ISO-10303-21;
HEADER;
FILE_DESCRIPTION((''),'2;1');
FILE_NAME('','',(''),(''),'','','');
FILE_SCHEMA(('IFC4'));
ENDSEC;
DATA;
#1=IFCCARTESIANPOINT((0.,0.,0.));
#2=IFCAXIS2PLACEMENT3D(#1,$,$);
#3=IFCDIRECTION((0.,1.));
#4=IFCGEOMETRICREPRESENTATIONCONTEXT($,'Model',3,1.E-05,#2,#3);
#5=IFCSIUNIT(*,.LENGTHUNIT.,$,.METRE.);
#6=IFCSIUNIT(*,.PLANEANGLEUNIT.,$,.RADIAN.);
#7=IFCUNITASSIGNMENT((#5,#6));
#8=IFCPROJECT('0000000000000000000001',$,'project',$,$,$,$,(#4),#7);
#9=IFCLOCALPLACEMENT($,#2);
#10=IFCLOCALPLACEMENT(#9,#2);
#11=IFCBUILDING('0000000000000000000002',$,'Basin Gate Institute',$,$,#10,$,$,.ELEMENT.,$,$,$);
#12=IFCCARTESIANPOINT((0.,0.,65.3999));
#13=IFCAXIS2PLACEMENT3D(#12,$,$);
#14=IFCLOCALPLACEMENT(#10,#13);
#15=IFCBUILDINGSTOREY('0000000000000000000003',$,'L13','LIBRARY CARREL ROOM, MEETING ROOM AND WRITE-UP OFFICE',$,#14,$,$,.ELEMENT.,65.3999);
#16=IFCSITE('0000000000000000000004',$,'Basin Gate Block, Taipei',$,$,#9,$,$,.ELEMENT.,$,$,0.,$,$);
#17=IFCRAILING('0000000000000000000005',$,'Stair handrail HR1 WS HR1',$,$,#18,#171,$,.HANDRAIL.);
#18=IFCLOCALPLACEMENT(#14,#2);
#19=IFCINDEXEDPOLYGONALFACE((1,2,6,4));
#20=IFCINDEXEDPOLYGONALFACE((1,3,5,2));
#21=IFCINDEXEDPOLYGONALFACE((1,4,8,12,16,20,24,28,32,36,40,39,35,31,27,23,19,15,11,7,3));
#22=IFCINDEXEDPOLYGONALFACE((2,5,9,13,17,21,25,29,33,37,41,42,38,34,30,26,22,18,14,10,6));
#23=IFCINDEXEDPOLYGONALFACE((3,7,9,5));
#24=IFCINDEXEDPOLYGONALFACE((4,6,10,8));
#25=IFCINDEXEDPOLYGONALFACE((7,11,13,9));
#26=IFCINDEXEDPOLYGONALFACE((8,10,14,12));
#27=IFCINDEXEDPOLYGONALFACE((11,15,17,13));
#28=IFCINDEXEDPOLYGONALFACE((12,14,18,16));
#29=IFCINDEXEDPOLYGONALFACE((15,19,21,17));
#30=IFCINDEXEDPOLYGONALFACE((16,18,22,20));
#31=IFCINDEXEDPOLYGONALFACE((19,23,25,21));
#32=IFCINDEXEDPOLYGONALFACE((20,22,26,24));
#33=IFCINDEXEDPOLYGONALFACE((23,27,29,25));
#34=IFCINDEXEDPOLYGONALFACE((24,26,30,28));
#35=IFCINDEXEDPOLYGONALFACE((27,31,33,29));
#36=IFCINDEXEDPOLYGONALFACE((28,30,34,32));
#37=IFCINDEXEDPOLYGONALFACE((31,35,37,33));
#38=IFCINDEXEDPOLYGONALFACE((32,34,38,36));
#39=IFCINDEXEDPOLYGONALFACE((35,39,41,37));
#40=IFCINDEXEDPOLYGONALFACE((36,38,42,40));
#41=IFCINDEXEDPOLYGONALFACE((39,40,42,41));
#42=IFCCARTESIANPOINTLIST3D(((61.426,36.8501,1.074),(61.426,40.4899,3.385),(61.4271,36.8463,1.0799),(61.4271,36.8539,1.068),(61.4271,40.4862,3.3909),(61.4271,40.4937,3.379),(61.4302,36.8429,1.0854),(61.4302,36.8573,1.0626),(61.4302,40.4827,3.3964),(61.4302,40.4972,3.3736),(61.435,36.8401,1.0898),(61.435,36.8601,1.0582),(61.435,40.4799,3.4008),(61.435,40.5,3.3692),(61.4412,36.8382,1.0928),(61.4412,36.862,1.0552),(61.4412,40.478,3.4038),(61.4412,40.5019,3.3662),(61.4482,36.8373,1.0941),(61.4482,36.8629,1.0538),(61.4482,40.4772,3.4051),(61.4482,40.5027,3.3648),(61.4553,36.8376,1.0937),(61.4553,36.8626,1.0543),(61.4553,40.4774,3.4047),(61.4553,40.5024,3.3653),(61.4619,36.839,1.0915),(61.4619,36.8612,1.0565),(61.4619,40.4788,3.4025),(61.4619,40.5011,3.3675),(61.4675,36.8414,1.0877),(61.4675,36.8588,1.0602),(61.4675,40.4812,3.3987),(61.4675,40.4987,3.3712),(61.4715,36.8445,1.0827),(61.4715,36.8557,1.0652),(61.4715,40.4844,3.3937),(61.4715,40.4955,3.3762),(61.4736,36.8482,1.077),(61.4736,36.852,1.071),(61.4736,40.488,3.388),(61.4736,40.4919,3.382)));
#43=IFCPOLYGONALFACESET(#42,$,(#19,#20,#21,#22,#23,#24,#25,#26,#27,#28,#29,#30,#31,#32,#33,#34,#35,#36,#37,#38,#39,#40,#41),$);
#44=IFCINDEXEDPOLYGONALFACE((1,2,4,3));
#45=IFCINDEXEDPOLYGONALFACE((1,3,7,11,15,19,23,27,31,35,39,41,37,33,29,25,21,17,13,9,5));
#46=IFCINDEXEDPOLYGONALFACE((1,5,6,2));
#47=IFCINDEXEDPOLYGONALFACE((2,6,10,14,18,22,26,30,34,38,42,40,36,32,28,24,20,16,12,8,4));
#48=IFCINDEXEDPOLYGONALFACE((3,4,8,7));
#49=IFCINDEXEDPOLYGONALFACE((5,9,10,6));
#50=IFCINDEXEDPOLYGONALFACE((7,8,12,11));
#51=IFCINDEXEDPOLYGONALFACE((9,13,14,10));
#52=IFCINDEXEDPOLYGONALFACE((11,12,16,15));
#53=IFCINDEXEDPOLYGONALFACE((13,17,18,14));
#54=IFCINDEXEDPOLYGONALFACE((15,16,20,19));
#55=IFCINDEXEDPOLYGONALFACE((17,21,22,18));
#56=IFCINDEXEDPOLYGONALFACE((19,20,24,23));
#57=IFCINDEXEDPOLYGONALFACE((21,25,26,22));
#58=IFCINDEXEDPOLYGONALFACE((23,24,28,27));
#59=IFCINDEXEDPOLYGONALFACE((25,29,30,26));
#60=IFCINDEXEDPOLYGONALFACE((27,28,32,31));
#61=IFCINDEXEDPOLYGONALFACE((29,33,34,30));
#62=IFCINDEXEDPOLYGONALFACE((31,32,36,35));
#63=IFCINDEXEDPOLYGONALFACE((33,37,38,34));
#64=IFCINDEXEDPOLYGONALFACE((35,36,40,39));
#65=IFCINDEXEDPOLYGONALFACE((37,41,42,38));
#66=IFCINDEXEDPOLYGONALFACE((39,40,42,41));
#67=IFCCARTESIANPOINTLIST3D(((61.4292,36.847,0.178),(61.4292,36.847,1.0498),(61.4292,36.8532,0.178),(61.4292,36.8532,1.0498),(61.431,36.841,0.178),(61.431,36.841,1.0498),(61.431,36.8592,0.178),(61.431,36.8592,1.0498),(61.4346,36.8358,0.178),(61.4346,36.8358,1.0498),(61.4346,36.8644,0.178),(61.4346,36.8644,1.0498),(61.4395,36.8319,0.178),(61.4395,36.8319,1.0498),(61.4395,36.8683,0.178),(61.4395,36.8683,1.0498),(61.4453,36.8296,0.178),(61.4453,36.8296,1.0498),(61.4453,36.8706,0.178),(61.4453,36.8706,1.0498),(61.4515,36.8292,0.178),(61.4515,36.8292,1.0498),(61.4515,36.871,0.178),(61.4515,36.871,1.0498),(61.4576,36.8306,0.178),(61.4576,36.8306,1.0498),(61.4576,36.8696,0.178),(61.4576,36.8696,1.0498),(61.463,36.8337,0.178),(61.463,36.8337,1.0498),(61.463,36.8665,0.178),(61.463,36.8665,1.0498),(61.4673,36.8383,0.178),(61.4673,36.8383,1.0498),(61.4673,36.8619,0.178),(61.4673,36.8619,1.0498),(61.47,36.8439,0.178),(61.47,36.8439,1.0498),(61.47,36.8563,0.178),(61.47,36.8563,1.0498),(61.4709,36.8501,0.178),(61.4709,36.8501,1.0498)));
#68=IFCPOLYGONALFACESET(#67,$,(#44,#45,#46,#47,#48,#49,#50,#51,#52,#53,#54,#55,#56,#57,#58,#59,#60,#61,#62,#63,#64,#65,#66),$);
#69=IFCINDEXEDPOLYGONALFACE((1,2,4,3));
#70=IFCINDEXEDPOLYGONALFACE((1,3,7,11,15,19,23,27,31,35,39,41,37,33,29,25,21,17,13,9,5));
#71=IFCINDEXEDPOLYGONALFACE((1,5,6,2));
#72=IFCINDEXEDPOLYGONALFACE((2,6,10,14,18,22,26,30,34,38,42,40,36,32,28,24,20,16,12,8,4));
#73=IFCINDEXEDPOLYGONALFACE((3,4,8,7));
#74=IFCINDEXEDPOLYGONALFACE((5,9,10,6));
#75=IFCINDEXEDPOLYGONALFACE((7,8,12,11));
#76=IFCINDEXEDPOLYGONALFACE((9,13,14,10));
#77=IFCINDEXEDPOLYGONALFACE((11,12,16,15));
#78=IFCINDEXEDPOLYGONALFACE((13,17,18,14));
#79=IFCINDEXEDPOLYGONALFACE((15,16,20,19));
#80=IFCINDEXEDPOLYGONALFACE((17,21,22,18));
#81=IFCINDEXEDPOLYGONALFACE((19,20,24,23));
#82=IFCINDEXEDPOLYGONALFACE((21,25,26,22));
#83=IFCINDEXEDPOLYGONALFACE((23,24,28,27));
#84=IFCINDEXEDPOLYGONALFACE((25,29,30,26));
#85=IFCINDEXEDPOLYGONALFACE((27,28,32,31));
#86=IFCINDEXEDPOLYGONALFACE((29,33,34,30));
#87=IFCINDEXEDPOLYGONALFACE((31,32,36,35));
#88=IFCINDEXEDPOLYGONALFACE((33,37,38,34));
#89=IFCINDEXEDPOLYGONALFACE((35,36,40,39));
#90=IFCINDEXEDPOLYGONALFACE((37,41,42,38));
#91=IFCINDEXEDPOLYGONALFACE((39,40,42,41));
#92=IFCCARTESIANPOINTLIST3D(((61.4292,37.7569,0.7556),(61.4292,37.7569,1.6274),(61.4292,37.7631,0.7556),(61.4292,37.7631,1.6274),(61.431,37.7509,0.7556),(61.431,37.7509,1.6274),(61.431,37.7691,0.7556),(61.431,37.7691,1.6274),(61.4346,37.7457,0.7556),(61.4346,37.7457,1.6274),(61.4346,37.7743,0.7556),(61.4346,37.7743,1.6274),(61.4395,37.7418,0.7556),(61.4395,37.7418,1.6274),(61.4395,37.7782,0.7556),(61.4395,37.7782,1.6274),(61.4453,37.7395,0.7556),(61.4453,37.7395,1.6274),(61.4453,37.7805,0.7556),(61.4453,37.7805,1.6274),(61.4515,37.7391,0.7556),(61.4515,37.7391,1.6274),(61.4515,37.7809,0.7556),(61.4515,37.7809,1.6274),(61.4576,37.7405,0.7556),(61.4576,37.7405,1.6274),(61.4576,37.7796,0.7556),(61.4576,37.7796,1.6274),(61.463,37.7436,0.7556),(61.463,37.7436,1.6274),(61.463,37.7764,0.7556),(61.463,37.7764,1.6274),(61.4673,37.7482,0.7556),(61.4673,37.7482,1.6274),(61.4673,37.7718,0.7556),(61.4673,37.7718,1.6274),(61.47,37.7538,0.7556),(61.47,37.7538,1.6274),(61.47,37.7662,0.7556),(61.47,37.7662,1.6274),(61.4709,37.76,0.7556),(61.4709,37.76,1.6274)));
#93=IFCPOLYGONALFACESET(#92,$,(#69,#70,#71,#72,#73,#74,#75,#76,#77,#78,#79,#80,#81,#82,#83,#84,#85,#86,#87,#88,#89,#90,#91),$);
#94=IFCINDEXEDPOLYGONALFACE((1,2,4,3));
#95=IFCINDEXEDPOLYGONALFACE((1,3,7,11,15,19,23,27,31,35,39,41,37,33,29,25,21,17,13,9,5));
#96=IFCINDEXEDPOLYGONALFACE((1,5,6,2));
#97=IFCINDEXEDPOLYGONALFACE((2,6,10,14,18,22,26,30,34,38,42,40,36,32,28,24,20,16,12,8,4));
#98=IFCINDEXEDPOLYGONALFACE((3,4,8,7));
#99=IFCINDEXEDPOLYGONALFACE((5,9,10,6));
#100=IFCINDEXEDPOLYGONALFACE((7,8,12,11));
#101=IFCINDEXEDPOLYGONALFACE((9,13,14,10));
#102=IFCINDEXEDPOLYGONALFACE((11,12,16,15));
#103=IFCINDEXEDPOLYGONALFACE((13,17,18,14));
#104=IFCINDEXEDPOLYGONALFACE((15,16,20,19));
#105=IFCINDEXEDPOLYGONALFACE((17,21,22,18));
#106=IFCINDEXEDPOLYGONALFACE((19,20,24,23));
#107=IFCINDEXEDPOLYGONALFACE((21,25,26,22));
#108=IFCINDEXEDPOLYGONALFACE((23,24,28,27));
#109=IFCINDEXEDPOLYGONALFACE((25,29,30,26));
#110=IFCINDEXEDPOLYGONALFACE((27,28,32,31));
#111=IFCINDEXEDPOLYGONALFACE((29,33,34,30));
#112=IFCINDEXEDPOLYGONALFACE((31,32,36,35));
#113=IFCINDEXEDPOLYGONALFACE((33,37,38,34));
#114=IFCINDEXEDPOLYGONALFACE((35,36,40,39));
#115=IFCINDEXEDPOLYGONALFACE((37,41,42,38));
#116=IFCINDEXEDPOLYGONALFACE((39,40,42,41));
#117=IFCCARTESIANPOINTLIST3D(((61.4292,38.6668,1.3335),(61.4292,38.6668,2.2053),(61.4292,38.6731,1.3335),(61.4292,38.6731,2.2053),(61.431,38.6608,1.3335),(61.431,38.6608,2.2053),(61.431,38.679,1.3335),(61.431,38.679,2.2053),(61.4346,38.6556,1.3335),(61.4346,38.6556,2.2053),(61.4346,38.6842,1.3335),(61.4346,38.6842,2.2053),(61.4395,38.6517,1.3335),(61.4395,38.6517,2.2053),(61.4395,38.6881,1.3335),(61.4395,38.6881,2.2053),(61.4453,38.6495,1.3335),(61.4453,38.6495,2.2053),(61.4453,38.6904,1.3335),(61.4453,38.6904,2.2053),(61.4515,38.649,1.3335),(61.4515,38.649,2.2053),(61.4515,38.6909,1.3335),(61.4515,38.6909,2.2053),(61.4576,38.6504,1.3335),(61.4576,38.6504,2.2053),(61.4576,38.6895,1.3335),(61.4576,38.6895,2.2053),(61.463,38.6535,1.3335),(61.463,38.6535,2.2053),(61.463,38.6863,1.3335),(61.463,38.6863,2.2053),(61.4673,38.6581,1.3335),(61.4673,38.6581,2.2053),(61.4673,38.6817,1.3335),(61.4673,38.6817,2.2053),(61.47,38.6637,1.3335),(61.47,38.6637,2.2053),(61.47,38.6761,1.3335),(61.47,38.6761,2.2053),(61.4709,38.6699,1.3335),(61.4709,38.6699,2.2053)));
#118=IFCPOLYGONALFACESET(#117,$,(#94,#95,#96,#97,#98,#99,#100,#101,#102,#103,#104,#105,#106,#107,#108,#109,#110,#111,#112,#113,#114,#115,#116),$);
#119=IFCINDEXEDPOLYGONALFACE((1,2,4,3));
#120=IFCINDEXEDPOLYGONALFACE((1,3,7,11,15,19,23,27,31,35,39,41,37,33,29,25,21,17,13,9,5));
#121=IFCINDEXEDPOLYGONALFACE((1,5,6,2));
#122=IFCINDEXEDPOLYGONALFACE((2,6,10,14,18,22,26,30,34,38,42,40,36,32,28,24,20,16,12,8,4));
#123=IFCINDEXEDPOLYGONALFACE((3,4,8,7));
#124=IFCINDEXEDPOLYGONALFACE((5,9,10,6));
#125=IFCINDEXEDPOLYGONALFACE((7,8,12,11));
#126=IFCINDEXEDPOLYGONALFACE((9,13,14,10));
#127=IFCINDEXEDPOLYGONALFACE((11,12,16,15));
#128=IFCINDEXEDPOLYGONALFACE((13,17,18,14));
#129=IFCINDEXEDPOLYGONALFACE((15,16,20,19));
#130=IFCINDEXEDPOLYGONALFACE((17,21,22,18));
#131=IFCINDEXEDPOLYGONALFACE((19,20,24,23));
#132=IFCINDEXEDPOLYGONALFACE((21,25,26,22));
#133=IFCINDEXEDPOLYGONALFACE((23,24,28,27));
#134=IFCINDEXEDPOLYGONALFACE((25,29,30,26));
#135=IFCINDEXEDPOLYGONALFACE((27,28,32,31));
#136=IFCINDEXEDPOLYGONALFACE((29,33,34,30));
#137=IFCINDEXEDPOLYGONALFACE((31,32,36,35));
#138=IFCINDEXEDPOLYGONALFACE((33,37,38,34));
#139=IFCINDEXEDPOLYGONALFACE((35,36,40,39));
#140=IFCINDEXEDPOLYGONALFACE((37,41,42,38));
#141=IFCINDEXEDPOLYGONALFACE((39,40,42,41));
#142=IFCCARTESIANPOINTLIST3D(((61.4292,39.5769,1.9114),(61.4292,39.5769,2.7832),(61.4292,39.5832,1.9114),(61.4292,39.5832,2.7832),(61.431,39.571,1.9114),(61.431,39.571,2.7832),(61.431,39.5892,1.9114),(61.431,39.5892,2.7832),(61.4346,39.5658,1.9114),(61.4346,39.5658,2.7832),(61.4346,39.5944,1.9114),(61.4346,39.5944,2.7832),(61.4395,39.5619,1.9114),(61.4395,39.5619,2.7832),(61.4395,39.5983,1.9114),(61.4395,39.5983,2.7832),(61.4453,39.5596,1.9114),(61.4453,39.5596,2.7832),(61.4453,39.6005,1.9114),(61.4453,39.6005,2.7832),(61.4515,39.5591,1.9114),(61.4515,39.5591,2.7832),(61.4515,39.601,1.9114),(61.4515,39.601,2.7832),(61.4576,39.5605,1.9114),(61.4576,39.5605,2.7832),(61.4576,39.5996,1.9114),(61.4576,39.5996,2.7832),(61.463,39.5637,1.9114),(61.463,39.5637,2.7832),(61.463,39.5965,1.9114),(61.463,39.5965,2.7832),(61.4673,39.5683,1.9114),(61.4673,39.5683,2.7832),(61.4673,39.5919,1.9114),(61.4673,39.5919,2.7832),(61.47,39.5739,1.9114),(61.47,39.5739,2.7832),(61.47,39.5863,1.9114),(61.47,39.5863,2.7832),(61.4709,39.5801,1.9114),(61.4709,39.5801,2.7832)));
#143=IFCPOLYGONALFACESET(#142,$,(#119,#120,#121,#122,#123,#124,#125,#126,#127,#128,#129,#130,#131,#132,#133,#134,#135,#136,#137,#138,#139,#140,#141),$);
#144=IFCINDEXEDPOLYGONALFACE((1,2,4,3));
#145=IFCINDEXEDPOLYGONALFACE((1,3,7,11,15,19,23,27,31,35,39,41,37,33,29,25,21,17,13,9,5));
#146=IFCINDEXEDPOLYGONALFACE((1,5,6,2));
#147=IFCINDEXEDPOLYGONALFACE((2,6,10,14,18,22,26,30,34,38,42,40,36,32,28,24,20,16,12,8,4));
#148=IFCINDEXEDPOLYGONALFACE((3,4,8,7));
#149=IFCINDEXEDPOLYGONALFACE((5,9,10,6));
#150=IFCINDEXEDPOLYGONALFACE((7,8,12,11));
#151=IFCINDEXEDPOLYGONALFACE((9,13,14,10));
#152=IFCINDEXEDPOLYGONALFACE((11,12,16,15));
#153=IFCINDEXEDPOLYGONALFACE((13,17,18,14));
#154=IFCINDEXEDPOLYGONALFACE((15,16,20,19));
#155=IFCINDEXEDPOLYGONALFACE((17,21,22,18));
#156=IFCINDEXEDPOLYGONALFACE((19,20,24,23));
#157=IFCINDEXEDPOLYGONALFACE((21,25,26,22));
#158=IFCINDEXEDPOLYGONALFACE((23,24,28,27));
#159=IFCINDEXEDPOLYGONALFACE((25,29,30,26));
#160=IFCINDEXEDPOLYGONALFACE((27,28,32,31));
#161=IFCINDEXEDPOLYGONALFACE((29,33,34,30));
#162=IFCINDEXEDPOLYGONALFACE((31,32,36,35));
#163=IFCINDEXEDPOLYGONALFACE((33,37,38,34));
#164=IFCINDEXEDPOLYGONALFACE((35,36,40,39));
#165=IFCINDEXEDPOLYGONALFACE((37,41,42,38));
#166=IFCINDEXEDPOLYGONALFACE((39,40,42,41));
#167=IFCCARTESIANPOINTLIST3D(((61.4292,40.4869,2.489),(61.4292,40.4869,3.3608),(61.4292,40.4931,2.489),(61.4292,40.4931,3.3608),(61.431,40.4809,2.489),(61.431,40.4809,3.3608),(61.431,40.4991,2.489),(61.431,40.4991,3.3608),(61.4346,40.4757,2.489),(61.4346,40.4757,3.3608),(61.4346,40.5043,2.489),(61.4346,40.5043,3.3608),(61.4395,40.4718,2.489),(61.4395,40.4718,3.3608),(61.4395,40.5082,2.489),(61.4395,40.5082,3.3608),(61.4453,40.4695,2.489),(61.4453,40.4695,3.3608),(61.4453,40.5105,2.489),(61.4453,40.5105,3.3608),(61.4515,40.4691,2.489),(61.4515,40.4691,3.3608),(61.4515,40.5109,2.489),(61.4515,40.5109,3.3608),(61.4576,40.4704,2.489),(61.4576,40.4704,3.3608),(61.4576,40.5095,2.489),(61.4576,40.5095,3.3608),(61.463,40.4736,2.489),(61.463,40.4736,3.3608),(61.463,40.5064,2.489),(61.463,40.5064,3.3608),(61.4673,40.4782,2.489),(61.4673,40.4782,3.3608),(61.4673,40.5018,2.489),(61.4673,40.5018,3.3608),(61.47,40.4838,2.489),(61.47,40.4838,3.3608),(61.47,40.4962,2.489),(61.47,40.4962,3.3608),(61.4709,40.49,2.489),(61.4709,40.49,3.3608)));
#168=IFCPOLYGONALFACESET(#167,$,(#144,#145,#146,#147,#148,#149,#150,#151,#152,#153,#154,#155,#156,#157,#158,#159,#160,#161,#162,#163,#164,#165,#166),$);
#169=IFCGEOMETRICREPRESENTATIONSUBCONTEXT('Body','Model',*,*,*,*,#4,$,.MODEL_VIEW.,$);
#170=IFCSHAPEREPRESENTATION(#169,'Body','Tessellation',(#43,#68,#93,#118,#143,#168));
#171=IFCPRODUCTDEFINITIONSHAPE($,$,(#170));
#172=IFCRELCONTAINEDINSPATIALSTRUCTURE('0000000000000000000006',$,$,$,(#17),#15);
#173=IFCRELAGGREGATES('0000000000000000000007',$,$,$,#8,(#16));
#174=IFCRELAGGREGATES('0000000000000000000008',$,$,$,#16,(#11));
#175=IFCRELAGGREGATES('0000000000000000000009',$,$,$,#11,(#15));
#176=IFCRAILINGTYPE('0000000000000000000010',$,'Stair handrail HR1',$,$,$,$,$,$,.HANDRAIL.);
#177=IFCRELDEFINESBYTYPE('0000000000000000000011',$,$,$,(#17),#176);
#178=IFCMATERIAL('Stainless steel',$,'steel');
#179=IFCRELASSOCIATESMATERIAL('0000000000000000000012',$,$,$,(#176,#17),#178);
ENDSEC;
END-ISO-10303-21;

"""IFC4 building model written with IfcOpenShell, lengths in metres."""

from ifc_helpers import new_model, si_unit, direction, frame, origin, origin_2d, place, context, subcontext, project, spatial, circle, extrude, material, type_object, element, save


model = new_model("IFC4")

# Units and contexts
model_context = context("Model", 3, precision=1e-05, world=origin(), true_north=direction((0.0, 1.0)))
body_context = subcontext(model_context, "Body", "Model", "MODEL_VIEW")
ifc_project = project(units=[si_unit("LENGTHUNIT", "METRE"), si_unit("PLANEANGLEUNIT", "RADIAN")], contexts=[model_context])

# Site, building, storey
site_placement = place(None, origin())
site = spatial("IfcSite", under=ifc_project, at=site_placement, Name="Basin Gate Block, Taipei", CompositionType="ELEMENT", RefElevation=0.0)
building_placement = place(site_placement, origin())
building = spatial("IfcBuilding", under=site, at=building_placement, Name="Basin Gate Institute", CompositionType="ELEMENT")
storey_placement = place(building_placement, frame((0.0, 0.0, 65.3999)))
storey = spatial("IfcBuildingStorey", under=building, at=storey_placement, Name="L13", Description="LIBRARY CARREL ROOM, MEETING ROOM AND WRITE-UP OFFICE", CompositionType="ELEMENT", Elevation=65.3999)

# Railing
ifc_material_1 = material(Name="Stainless steel", Category="steel")
railing_type_1 = type_object("IfcRailingType", Name="Stair handrail HR1", PredefinedType="HANDRAIL", material=ifc_material_1)
for number, where, name in (
    (1, (61.45, 36.8501, 0.178), "Stair handrail HR1 WS HR1"),
):
    element("IfcRailing", number, at=place(storey_placement, frame(where)), inside=storey, type_object=railing_type_1, material=ifc_material_1, Name=name, PredefinedType="HANDRAIL", context=body_context, shape_type="SweptSolid", body=[
        extrude(circle(Radius=0.0239, at=origin_2d()), frame((0.0, 0.0, 0.896), z_axis=(0.0, 0.844214, 0.536007), x_axis=(-1.0, 0.0, 0.0)), (0.0, 0.0, 1.0), 4.3115),
        extrude(circle(Radius=0.021, at=origin_2d()), origin(), (0.0, 0.0, 1.0), 0.8718),
        extrude(circle(Radius=0.021, at=origin_2d()), frame((0.0, 0.9099, 0.5776)), (0.0, 0.0, 1.0), 0.8718),
        extrude(circle(Radius=0.021, at=origin_2d()), frame((0.0, 1.8198, 1.1555)), (0.0, 0.0, 1.0), 0.8718),
        extrude(circle(Radius=0.021, at=origin_2d()), frame((0.0, 2.73, 1.7334)), (0.0, 0.0, 1.0), 0.8718),
        extrude(circle(Radius=0.021, at=origin_2d()), frame((0.0, 3.6399, 2.311)), (0.0, 0.0, 1.0), 0.8718),
    ])

save(model, "model.ifc")
